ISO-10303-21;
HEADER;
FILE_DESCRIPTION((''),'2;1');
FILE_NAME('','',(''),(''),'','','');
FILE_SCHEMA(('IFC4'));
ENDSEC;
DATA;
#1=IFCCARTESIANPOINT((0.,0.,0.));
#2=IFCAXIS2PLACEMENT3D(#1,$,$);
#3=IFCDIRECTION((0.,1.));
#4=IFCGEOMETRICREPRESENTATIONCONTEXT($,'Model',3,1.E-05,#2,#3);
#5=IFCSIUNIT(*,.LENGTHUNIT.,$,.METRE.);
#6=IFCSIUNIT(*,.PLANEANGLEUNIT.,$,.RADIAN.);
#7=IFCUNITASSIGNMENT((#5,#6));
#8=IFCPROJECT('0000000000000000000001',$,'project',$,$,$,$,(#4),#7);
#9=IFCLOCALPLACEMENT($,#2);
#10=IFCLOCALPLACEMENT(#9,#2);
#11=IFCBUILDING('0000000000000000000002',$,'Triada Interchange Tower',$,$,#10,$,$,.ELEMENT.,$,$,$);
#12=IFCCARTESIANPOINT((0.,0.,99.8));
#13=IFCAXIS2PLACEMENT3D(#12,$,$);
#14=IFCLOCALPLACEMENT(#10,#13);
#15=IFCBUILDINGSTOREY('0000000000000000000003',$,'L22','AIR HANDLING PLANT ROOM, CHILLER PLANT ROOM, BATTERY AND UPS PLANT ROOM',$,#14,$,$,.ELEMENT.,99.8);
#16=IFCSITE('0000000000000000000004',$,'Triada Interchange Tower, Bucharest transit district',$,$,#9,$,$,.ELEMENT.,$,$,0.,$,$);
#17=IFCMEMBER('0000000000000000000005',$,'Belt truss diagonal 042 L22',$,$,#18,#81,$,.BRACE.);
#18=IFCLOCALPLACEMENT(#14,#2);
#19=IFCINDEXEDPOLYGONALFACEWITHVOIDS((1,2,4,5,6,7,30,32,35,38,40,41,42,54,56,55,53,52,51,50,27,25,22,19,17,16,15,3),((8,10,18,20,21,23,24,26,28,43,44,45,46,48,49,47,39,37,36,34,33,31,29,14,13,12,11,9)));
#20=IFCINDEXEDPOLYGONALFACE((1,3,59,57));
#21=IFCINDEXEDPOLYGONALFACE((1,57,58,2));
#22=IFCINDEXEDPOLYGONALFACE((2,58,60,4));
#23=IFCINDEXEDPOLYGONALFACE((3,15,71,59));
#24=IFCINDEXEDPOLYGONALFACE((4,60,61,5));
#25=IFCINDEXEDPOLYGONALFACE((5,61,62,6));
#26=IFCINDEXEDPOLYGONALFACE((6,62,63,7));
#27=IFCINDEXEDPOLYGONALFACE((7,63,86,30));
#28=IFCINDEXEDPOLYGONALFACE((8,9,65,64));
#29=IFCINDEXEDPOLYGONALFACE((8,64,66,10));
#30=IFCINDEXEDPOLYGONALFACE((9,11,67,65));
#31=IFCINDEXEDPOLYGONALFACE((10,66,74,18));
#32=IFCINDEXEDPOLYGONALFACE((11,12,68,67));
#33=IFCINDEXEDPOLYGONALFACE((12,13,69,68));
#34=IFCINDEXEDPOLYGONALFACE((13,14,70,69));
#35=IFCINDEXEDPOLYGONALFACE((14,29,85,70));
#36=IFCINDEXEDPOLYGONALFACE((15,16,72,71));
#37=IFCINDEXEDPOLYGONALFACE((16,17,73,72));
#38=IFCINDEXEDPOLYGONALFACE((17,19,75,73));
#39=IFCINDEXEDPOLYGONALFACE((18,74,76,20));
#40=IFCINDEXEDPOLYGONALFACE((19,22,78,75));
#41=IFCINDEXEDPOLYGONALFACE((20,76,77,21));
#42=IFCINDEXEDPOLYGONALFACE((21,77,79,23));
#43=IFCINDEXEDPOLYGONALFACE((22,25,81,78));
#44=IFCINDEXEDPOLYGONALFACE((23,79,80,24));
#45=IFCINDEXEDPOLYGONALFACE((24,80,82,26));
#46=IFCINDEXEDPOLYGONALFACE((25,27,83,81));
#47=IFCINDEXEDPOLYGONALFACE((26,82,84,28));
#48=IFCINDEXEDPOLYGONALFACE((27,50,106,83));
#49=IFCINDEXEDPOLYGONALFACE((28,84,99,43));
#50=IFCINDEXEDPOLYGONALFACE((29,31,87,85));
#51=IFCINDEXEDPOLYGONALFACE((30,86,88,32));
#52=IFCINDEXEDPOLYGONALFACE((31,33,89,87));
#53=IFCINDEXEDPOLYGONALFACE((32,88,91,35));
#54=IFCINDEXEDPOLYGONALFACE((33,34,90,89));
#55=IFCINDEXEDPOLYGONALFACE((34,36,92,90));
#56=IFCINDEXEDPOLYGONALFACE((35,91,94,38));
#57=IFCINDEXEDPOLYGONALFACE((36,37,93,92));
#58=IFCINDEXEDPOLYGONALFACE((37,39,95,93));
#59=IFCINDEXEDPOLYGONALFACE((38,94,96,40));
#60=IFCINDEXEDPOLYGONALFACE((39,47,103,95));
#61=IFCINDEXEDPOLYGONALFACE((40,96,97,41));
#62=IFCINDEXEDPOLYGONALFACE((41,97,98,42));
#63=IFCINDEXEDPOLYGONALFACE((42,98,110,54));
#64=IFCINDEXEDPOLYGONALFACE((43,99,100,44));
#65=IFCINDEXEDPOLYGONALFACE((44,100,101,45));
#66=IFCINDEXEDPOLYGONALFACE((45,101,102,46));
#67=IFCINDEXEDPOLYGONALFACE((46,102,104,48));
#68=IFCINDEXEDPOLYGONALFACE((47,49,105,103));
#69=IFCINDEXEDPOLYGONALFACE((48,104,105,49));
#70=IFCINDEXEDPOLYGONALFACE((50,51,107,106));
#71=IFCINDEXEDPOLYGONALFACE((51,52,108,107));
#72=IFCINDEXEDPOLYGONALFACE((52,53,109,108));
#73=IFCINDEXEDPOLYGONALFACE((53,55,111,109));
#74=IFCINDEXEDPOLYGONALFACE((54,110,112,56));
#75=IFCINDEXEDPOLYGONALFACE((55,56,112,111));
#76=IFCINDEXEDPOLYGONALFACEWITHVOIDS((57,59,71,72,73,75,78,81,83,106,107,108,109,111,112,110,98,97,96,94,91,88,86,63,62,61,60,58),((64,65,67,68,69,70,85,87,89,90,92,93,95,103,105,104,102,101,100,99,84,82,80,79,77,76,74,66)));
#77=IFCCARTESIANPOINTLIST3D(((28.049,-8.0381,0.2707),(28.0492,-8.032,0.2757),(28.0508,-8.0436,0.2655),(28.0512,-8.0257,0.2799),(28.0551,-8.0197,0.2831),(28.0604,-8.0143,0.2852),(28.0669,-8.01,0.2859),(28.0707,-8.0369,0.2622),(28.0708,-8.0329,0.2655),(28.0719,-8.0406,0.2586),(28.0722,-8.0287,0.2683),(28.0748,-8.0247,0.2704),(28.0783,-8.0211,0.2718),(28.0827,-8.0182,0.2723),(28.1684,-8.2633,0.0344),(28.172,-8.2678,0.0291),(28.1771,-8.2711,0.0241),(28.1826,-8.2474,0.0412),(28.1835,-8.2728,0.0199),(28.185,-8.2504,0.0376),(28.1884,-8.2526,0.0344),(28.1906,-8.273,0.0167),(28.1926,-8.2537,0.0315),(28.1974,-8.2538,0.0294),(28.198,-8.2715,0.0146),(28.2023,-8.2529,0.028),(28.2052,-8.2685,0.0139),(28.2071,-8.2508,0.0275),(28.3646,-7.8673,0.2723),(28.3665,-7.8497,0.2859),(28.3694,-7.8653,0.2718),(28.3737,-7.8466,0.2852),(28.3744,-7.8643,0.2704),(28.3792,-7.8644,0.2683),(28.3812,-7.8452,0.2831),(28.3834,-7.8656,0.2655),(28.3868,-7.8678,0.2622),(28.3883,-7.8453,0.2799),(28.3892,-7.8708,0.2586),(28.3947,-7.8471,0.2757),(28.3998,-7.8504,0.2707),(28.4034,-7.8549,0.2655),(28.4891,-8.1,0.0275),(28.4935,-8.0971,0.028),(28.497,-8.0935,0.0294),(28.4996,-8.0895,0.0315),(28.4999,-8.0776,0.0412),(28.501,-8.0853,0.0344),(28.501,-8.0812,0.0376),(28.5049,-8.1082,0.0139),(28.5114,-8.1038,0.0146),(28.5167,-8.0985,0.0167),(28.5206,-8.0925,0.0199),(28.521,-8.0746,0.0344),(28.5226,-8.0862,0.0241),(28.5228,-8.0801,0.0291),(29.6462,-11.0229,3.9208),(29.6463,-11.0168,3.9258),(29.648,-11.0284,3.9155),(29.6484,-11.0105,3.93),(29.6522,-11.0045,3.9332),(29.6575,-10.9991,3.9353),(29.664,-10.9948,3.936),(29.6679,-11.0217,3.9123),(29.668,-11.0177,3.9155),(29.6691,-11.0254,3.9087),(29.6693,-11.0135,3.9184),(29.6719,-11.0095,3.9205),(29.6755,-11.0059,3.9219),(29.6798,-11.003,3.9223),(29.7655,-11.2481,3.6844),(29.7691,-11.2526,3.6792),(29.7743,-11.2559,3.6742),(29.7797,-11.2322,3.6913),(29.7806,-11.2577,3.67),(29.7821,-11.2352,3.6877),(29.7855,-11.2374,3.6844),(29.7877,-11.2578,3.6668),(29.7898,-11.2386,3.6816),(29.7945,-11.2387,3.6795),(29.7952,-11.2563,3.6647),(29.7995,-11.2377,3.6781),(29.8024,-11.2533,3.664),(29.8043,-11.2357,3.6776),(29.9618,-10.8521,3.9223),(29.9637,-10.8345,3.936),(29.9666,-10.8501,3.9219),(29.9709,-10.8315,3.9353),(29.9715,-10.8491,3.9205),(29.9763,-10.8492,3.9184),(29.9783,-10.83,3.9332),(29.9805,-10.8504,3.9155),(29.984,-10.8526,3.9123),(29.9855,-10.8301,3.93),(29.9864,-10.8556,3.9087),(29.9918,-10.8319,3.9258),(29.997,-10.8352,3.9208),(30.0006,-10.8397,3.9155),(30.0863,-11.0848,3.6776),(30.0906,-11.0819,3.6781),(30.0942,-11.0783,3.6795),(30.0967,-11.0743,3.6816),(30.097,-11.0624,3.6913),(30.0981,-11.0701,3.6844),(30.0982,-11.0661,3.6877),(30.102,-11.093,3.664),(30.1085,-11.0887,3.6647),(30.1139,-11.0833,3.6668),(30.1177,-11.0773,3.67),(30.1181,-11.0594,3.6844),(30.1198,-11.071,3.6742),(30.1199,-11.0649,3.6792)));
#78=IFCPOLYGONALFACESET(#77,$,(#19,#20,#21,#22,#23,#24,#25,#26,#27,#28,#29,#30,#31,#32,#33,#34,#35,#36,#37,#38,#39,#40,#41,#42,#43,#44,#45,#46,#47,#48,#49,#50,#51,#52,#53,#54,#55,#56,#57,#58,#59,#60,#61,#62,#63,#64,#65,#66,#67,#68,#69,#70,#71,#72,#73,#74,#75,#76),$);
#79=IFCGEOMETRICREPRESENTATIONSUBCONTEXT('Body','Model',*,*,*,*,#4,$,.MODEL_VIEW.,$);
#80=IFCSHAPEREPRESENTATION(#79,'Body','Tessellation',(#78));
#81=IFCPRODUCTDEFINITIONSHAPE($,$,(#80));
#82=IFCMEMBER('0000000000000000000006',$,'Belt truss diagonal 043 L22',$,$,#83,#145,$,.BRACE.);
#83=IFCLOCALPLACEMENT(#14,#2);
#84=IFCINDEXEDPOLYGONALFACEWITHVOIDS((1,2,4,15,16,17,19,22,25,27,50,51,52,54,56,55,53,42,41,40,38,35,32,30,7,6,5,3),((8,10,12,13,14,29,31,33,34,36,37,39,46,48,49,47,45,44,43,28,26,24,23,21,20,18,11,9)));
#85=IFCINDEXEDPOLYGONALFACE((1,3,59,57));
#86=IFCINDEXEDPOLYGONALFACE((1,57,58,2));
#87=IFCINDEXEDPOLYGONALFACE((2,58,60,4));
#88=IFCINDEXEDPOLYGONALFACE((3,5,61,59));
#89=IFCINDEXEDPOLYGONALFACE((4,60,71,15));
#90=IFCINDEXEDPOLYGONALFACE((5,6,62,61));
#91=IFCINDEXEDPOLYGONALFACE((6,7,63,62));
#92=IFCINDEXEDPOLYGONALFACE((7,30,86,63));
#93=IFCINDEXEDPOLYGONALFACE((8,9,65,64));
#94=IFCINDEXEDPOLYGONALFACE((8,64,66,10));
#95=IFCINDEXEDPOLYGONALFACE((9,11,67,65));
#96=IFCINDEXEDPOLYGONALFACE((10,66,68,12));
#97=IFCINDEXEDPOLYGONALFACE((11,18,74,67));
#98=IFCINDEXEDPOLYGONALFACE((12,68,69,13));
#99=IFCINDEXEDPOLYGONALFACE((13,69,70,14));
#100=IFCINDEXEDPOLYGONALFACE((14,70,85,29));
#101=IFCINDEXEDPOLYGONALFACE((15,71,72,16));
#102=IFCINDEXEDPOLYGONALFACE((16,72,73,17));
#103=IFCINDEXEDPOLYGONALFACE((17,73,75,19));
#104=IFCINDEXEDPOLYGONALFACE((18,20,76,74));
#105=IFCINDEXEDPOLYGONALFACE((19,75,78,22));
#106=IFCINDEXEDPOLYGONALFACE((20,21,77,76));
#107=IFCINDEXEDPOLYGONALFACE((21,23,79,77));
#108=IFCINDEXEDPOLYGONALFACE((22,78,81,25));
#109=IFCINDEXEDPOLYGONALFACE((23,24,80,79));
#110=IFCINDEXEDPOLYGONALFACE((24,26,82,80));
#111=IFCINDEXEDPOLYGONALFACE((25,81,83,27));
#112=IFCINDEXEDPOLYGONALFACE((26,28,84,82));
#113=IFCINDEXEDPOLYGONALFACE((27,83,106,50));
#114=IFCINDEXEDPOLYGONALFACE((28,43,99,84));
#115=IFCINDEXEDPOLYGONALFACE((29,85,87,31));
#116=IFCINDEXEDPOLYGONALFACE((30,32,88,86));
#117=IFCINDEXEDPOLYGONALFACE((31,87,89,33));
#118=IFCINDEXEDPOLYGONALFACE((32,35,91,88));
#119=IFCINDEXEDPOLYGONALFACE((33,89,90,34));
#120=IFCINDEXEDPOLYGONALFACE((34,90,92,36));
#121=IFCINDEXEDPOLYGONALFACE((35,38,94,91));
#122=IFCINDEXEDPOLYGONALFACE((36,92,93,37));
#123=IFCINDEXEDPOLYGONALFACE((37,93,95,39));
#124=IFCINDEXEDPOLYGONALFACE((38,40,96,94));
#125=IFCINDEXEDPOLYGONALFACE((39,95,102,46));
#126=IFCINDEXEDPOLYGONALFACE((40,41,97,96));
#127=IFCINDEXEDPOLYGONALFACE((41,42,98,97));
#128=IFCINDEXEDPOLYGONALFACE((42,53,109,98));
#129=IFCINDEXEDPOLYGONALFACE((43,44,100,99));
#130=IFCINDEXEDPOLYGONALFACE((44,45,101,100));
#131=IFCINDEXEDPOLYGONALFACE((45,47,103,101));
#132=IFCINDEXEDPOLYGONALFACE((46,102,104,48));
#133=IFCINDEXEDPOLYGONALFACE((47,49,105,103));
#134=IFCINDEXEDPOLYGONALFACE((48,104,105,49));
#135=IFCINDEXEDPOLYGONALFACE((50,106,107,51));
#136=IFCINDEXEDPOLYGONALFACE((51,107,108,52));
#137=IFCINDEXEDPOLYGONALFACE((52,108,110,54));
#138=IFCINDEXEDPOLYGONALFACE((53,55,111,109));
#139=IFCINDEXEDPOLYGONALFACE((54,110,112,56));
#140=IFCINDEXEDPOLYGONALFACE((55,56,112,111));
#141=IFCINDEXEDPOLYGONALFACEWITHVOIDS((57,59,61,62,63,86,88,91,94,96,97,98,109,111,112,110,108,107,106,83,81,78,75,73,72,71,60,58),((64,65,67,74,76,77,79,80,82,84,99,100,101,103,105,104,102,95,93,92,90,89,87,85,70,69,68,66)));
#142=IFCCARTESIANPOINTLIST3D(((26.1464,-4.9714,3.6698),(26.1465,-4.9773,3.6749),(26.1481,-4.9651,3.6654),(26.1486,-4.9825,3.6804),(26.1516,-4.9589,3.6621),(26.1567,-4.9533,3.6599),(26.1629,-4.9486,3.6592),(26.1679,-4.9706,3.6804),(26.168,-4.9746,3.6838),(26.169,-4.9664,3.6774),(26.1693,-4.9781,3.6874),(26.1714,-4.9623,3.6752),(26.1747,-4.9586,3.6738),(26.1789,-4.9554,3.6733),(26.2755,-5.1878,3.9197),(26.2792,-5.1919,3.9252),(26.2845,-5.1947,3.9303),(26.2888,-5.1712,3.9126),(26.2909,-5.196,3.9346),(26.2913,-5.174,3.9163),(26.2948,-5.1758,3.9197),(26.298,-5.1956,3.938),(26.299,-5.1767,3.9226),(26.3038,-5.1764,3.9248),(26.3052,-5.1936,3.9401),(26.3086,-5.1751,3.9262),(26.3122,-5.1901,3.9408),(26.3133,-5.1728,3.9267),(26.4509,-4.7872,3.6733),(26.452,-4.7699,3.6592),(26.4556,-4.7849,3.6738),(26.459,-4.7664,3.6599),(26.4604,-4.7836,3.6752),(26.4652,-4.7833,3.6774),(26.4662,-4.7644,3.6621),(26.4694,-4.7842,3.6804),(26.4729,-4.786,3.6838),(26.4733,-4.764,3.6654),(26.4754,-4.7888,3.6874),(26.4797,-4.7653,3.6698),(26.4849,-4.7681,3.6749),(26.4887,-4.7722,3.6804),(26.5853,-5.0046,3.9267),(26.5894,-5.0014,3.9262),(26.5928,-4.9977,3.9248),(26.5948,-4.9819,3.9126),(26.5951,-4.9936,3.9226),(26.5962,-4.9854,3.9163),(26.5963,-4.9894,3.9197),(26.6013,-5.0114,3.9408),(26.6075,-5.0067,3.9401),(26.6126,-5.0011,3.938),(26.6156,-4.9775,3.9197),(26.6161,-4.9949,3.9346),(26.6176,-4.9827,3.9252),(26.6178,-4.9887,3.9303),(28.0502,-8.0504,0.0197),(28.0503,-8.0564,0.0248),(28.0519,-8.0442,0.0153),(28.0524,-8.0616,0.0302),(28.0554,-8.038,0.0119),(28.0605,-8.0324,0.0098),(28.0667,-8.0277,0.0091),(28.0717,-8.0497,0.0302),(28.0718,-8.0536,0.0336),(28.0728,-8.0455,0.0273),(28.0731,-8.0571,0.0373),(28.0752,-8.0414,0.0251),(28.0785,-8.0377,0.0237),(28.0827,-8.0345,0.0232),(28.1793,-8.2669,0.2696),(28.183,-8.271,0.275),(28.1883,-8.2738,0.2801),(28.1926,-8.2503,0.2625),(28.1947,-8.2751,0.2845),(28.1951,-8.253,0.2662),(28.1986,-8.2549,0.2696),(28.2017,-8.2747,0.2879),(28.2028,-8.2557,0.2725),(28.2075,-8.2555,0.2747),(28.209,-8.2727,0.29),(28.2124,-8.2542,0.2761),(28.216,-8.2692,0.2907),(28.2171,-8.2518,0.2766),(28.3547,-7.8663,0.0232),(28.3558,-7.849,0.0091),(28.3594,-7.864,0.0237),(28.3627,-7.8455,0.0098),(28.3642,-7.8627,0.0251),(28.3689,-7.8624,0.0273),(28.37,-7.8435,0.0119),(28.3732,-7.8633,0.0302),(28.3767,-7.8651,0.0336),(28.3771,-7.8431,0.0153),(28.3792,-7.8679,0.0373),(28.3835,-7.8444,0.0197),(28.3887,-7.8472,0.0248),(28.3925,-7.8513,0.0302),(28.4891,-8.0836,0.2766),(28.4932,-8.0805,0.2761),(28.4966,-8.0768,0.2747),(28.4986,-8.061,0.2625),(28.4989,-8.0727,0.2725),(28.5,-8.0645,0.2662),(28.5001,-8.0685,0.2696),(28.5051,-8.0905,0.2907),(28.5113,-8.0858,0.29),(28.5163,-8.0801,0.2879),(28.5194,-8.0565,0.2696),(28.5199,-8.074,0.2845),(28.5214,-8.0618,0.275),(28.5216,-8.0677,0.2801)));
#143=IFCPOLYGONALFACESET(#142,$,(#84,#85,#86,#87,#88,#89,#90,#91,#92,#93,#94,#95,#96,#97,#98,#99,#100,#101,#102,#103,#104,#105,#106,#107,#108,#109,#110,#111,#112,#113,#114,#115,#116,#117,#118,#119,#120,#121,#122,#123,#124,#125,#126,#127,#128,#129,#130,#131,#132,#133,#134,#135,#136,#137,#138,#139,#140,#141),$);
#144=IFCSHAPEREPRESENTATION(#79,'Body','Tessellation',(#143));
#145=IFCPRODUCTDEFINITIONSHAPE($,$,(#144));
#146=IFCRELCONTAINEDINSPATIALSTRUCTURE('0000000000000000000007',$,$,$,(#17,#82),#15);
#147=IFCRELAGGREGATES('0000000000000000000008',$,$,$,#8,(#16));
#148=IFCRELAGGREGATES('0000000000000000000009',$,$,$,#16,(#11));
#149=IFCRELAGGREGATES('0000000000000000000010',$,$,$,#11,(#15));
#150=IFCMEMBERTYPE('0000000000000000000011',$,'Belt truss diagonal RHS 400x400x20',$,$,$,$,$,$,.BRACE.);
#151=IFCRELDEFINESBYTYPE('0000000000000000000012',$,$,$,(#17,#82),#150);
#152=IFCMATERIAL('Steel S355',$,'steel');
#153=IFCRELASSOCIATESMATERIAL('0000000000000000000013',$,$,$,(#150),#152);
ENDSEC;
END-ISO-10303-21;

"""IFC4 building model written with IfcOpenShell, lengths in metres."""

from ifc_helpers import new_model, si_unit, direction, frame, origin, origin_2d, place, context, subcontext, project, spatial, hollow_rectangle, extrude, material, material_profile, profile_set, type_object, element, save


model = new_model("IFC4")

# Units and contexts
model_context = context("Model", 3, precision=1e-05, world=origin(), true_north=direction((0.0, 1.0)))
body_context = subcontext(model_context, "Body", "Model", "MODEL_VIEW")
ifc_project = project(units=[si_unit("LENGTHUNIT", "METRE"), si_unit("PLANEANGLEUNIT", "RADIAN")], contexts=[model_context])

# Site, building, storey
site_placement = place(None, origin())
site = spatial("IfcSite", under=ifc_project, at=site_placement, Name="Triada Interchange Tower, Bucharest transit district", CompositionType="ELEMENT", RefElevation=0.0)
building_placement = place(site_placement, origin())
building = spatial("IfcBuilding", under=site, at=building_placement, Name="Triada Interchange Tower", CompositionType="ELEMENT")
storey_placement = place(building_placement, frame((0.0, 0.0, 99.8)))
storey = spatial("IfcBuildingStorey", under=building, at=storey_placement, Name="L22", Description="AIR HANDLING PLANT ROOM, CHILLER PLANT ROOM, BATTERY AND UPS PLANT ROOM", CompositionType="ELEMENT", Elevation=99.8)

# Members
ifc_material_1 = material(Name="Steel S355", Category="steel")
ifc_material_profile_1 = material_profile(ifc_material_1, hollow_rectangle(XDim=0.3999, YDim=0.3999, WallThickness=0.02, InnerFilletRadius=0.02, OuterFilletRadius=0.03, at=origin_2d()), Name="RHS 400x400x20")
ifc_profile_set_1 = profile_set([ifc_material_profile_1], Name="Steel S355")
member_type_1 = type_object("IfcMemberType", Name="Belt truss diagonal RHS 400x400x20", PredefinedType="BRACE", material=ifc_profile_set_1)
member_1_placement = place(storey_placement, frame((28.2859, -8.0591, 0.1499), z_axis=(0.320823, -0.599569, 0.733205), x_axis=(0.881709, 0.471793, 0.0)))
element("IfcMember", 1, at=member_1_placement, inside=storey, type_object=member_type_1, Name="Belt truss diagonal 042 L22", PredefinedType="BRACE", context=body_context, shape_type="SweptSolid", body=[
    extrude(hollow_rectangle(XDim=0.3999, YDim=0.3999, WallThickness=0.02, InnerFilletRadius=0.02, OuterFilletRadius=0.03, at=origin_2d()), origin(), (0.0, 0.0, 1.0), 4.9783),
])
member_2_placement = place(storey_placement, frame((28.2859, -8.0591, 0.1499), z_axis=(-0.370325, 0.598941, 0.71002), x_axis=(-0.85055, -0.525895, 0.0)))
element("IfcMember", 2, at=member_2_placement, inside=storey, type_object=member_type_1, Name="Belt truss diagonal 043 L22", PredefinedType="BRACE", context=body_context, shape_type="SweptSolid", body=[
    extrude(hollow_rectangle(XDim=0.3999, YDim=0.3999, WallThickness=0.02, InnerFilletRadius=0.02, OuterFilletRadius=0.03, at=origin_2d()), origin(), (0.0, 0.0, 1.0), 5.1409),
])

save(model, "model.ifc")
